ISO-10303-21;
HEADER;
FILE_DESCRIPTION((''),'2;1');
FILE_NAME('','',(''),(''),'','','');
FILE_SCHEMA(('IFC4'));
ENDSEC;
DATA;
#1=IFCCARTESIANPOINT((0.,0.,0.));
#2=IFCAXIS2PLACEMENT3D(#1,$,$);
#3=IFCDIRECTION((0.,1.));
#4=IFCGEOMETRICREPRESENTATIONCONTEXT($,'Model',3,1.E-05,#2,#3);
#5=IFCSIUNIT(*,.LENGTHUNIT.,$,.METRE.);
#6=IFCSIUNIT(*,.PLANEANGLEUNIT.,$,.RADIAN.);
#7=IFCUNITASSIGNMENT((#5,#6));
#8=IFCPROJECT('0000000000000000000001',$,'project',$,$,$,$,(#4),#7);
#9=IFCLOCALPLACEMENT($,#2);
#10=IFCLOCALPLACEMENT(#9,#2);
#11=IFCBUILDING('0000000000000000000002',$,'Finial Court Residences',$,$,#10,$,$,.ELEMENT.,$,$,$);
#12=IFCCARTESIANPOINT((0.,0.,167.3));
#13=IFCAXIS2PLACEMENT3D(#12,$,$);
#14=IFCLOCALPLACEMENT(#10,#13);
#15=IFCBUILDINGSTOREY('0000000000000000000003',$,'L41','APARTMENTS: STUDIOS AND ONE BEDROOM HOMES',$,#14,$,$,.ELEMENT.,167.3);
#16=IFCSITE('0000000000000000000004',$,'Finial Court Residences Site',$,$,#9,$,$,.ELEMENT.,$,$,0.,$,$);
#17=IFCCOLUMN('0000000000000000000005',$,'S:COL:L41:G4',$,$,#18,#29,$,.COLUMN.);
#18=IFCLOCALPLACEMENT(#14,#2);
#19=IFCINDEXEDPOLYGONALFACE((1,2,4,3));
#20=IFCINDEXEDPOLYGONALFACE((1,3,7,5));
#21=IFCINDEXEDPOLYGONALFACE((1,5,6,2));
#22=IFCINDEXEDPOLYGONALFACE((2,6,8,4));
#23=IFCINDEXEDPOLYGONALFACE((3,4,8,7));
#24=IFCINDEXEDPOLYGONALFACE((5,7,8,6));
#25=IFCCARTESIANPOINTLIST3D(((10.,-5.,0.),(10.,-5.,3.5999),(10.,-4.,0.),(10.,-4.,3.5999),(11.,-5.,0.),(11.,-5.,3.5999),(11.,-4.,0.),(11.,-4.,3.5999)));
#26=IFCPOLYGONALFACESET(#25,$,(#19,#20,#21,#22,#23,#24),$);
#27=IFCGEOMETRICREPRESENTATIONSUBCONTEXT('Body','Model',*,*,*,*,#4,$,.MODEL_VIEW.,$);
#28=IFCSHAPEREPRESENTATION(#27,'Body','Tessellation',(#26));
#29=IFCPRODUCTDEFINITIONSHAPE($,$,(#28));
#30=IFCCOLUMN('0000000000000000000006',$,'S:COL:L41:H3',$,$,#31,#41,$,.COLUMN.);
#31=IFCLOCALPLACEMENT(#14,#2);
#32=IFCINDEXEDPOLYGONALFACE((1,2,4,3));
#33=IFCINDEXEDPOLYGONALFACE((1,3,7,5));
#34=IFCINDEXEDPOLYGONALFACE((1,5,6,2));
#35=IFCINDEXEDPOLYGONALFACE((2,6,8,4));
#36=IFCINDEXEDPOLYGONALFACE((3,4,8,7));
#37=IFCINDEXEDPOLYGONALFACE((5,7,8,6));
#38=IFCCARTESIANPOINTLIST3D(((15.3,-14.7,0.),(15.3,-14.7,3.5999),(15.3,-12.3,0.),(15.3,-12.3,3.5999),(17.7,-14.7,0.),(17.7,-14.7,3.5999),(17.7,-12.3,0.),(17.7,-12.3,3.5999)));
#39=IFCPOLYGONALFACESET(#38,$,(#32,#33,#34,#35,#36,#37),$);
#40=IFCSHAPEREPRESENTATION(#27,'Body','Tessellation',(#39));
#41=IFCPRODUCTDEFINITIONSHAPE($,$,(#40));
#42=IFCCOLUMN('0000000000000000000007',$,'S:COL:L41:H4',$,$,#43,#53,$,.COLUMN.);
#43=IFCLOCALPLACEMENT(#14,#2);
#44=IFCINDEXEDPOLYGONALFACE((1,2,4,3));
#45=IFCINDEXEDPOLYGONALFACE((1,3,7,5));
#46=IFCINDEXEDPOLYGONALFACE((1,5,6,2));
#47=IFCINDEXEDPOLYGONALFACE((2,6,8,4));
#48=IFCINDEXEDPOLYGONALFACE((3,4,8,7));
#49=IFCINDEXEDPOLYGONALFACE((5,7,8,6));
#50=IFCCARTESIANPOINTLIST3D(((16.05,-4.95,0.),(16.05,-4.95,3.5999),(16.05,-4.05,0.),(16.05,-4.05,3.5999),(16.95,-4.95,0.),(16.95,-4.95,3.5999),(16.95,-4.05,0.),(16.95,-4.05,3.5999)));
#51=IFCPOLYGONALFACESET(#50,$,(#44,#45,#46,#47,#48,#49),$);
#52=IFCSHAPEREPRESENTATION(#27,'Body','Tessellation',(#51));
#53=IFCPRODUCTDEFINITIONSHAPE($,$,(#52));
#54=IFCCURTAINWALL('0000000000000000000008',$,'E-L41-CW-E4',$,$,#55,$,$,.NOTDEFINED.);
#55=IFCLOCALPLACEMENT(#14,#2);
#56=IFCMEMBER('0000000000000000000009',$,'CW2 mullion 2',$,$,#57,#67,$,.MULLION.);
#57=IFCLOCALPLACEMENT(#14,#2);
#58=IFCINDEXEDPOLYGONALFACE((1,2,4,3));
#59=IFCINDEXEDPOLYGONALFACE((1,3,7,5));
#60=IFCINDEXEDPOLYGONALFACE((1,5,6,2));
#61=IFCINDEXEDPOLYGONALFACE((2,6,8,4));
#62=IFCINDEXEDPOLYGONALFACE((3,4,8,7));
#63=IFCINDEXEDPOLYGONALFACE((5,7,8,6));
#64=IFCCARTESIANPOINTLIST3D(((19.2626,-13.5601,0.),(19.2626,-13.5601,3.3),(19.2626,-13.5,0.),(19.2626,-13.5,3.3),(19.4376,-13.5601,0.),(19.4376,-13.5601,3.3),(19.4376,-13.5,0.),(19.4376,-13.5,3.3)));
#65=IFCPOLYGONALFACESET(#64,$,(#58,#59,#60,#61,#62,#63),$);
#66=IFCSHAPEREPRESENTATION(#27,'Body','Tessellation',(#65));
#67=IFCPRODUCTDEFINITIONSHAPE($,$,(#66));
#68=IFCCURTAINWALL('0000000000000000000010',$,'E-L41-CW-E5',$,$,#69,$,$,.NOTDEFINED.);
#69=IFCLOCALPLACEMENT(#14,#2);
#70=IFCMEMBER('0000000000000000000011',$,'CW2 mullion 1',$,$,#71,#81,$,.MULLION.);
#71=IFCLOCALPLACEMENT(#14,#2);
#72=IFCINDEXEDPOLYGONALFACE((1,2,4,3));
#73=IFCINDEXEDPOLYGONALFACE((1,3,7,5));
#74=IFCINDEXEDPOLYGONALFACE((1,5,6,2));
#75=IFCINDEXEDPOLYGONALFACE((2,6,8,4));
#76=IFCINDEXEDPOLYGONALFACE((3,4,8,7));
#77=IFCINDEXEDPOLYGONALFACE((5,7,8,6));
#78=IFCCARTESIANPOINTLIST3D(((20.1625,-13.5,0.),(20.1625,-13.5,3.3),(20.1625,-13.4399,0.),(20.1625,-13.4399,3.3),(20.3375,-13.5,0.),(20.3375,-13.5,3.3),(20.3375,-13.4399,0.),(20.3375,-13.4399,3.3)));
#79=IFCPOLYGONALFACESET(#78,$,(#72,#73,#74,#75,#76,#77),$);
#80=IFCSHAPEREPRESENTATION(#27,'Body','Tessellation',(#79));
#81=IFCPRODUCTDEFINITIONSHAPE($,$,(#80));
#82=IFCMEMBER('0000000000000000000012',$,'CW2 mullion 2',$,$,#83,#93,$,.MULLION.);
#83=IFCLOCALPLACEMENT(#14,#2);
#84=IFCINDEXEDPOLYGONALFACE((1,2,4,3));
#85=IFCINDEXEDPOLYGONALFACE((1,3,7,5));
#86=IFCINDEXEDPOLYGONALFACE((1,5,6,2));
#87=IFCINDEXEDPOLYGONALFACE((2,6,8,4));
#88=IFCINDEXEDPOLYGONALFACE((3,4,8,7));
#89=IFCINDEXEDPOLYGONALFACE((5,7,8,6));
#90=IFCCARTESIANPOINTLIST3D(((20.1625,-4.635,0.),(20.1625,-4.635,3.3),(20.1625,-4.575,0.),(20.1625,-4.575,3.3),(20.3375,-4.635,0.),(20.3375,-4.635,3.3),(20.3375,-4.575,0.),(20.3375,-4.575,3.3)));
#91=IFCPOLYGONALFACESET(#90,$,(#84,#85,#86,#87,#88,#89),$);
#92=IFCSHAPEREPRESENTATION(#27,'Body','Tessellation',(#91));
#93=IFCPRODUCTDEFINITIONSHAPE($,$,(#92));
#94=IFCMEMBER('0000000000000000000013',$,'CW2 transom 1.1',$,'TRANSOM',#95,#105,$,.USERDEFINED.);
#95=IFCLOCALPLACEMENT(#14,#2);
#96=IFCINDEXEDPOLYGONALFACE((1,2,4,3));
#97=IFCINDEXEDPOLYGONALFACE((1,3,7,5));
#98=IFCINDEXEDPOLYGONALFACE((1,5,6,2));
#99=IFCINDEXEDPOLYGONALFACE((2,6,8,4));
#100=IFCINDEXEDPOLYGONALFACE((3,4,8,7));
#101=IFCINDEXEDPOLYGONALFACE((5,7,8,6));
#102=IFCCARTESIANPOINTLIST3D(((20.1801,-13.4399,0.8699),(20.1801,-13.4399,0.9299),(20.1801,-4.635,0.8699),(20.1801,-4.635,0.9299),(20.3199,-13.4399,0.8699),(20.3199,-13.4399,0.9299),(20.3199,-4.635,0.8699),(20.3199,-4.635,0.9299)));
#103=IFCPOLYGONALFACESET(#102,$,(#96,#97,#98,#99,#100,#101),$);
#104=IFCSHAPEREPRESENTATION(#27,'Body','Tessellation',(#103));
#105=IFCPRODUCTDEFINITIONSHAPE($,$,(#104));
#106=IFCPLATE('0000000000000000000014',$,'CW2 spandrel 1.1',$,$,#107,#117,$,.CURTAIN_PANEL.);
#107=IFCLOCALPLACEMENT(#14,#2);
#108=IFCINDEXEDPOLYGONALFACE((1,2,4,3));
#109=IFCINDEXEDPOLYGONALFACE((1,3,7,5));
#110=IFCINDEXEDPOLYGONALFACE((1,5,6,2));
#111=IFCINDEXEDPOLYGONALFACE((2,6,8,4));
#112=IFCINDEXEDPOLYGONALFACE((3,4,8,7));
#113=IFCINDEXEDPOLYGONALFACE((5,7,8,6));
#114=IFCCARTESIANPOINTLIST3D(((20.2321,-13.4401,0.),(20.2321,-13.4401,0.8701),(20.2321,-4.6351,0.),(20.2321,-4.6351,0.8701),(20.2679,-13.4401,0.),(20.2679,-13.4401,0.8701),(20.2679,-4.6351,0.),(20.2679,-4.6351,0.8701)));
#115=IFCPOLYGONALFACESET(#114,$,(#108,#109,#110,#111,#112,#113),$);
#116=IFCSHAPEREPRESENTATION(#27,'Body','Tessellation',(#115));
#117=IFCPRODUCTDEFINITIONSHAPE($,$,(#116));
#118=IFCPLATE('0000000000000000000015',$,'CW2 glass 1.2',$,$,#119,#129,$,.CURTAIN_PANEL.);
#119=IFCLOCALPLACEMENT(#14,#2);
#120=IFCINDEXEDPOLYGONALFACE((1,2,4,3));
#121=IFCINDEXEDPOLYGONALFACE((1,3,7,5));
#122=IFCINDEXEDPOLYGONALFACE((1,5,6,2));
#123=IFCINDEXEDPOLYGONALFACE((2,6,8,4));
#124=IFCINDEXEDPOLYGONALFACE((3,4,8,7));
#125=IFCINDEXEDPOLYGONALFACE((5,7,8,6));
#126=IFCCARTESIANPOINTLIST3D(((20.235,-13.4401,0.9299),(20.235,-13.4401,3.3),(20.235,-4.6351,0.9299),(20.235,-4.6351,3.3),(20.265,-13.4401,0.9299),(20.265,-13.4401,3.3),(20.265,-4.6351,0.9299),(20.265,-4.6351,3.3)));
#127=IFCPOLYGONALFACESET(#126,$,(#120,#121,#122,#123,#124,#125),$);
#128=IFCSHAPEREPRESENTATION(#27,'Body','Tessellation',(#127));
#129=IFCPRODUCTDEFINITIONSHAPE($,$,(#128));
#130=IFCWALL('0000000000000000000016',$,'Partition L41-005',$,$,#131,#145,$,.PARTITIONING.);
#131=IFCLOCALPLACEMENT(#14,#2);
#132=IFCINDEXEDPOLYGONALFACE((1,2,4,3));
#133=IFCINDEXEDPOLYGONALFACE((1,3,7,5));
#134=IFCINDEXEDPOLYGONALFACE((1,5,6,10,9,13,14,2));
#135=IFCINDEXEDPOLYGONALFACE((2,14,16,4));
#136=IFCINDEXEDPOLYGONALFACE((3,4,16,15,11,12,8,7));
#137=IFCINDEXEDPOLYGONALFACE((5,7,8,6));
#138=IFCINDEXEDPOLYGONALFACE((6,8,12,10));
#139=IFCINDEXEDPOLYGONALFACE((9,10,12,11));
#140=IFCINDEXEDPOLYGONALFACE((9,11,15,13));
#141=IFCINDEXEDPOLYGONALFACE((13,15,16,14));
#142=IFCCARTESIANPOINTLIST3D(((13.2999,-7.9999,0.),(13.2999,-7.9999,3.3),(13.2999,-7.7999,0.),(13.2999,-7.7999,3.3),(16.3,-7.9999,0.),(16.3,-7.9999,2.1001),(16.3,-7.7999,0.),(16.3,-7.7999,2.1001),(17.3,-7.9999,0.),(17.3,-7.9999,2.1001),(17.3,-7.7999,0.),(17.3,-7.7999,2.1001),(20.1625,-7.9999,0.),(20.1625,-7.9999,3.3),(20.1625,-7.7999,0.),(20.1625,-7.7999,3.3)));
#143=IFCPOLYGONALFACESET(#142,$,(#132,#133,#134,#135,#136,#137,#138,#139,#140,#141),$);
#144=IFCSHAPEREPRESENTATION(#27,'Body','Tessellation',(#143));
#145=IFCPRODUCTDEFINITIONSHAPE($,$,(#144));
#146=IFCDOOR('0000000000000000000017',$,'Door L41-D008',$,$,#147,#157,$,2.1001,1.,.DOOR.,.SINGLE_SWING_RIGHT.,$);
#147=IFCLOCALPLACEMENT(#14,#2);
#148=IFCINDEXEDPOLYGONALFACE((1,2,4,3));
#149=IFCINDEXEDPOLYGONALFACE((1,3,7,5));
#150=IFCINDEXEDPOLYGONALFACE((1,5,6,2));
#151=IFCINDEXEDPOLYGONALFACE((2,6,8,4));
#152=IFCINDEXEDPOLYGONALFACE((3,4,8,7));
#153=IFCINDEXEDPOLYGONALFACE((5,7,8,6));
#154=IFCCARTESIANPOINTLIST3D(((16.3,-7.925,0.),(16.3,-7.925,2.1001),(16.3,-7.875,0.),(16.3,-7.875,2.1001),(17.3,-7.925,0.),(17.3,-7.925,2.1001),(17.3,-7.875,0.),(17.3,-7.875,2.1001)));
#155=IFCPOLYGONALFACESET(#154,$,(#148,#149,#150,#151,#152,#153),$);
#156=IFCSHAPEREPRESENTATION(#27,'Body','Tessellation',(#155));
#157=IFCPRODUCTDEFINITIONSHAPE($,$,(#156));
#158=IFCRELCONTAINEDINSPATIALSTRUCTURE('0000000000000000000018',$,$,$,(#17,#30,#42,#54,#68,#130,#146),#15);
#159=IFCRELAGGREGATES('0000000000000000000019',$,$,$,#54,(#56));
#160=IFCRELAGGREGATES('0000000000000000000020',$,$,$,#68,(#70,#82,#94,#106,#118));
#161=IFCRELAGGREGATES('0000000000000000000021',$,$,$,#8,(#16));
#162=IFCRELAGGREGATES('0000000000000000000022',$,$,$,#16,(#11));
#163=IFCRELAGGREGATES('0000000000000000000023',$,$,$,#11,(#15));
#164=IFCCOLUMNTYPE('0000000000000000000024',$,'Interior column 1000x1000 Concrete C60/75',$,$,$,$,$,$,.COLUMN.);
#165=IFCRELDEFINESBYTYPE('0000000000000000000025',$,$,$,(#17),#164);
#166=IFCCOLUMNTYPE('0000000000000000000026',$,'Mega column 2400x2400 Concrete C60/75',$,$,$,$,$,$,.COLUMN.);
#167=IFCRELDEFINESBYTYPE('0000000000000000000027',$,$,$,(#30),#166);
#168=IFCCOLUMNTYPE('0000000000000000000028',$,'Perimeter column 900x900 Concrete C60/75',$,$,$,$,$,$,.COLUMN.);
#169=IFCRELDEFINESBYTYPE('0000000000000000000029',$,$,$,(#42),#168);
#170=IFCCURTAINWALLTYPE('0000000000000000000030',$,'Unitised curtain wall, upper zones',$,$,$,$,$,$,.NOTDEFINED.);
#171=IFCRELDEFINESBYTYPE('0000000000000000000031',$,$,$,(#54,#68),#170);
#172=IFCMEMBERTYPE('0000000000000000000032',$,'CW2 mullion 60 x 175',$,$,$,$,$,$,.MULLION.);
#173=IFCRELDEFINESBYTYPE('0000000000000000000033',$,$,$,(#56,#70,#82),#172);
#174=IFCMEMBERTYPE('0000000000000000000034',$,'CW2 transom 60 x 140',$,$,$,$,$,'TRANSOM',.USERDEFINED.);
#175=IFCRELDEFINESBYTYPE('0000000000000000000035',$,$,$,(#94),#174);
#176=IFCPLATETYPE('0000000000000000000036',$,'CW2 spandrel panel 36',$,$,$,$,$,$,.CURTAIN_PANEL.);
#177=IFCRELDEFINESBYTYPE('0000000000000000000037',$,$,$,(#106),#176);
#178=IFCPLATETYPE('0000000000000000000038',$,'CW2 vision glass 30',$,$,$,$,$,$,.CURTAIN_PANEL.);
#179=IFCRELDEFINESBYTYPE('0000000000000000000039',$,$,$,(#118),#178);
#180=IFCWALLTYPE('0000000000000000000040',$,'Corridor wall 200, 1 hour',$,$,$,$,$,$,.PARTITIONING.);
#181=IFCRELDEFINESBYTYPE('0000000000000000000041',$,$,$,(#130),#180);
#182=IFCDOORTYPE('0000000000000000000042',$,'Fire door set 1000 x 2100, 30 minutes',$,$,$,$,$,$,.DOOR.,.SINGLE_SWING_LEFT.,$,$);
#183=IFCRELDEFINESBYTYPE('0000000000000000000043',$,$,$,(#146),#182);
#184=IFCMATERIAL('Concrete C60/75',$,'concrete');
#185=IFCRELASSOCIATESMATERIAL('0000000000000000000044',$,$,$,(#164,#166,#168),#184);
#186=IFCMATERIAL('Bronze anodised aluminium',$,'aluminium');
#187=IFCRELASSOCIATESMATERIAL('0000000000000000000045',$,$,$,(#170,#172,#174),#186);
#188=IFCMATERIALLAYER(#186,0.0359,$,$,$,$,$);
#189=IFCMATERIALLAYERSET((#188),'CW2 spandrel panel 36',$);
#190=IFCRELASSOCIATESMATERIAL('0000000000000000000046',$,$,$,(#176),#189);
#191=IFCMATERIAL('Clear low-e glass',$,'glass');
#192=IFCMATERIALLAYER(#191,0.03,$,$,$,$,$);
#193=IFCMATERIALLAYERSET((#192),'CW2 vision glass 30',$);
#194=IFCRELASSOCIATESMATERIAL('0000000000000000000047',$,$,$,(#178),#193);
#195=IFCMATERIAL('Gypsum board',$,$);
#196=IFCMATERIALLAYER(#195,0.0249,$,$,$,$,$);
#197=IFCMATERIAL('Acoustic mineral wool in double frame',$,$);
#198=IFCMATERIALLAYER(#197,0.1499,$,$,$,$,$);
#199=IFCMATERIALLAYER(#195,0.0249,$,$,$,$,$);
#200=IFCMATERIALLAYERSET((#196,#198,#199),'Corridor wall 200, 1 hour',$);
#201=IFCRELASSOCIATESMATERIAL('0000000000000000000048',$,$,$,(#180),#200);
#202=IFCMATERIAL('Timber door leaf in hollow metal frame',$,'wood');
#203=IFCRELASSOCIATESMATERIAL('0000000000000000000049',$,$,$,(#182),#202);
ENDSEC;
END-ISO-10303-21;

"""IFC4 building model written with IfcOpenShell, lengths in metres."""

from ifc_helpers import new_model, si_unit, direction, frame, frame_2d, origin, origin_2d, place, context, subcontext, project, spatial, rectangle, extrude, material, layer, layer_set, material_profile, profile_set, type_object, element, fill, aggregate, save


model = new_model("IFC4")

# Units and contexts
model_context = context("Model", 3, precision=1e-05, world=origin(), true_north=direction((0.0, 1.0)))
body_context = subcontext(model_context, "Body", "Model", "MODEL_VIEW")
ifc_project = project(units=[si_unit("LENGTHUNIT", "METRE"), si_unit("PLANEANGLEUNIT", "RADIAN")], contexts=[model_context])

# Site, building, storey
site_placement = place(None, origin())
site = spatial("IfcSite", under=ifc_project, at=site_placement, Name="Finial Court Residences Site", CompositionType="ELEMENT", RefElevation=0.0)
building_placement = place(site_placement, origin())
building = spatial("IfcBuilding", under=site, at=building_placement, Name="Finial Court Residences", CompositionType="ELEMENT")
storey_placement = place(building_placement, frame((0.0, 0.0, 167.3)))
storey = spatial("IfcBuildingStorey", under=building, at=storey_placement, Name="L41", Description="APARTMENTS: STUDIOS AND ONE BEDROOM HOMES", CompositionType="ELEMENT", Elevation=167.3)

# Columns
ifc_material_1 = material(Name="Concrete C60/75", Category="concrete")
ifc_material_profile_1 = material_profile(ifc_material_1, rectangle(XDim=1.0, YDim=1.0, at=origin_2d()), Name="1000x1000")
ifc_profile_set_1 = profile_set([ifc_material_profile_1], Name="Concrete C60/75")
column_type_1 = type_object("IfcColumnType", Name="Interior column 1000x1000 Concrete C60/75", PredefinedType="COLUMN", material=ifc_profile_set_1)
column_1_placement = place(storey_placement, frame((10.5, -4.5, 0.0), z_axis=(0.0, 0.0, 1.0), x_axis=(1.0, 0.0, 0.0)))
element("IfcColumn", 1, at=column_1_placement, inside=storey, type_object=column_type_1, Name="S:COL:L41:G4", PredefinedType="COLUMN", context=body_context, shape_type="SweptSolid", body=[
    extrude(rectangle(XDim=1.0, YDim=1.0, at=origin_2d()), origin(), (0.0, 0.0, 1.0), 3.5999),
])
ifc_material_profile_2 = material_profile(ifc_material_1, rectangle(XDim=2.3999, YDim=2.3999, at=origin_2d()), Name="2400x2400")
ifc_profile_set_2 = profile_set([ifc_material_profile_2], Name="Concrete C60/75")
column_type_2 = type_object("IfcColumnType", Name="Mega column 2400x2400 Concrete C60/75", PredefinedType="COLUMN", material=ifc_profile_set_2)
column_2_placement = place(storey_placement, frame((16.5, -13.5, 0.0), z_axis=(0.0, 0.0, 1.0), x_axis=(1.0, 0.0, 0.0)))
element("IfcColumn", 2, at=column_2_placement, inside=storey, type_object=column_type_2, Name="S:COL:L41:H3", PredefinedType="COLUMN", context=body_context, shape_type="SweptSolid", body=[
    extrude(rectangle(XDim=2.3999, YDim=2.3999, at=origin_2d()), origin(), (0.0, 0.0, 1.0), 3.5999),
])
ifc_material_profile_3 = material_profile(ifc_material_1, rectangle(XDim=0.8999, YDim=0.8999, at=origin_2d()), Name="900x900")
ifc_profile_set_3 = profile_set([ifc_material_profile_3], Name="Concrete C60/75")
column_type_3 = type_object("IfcColumnType", Name="Perimeter column 900x900 Concrete C60/75", PredefinedType="COLUMN", material=ifc_profile_set_3)
column_3_placement = place(storey_placement, frame((16.5, -4.5, 0.0), z_axis=(0.0, 0.0, 1.0), x_axis=(1.0, 0.0, 0.0)))
element("IfcColumn", 3, at=column_3_placement, inside=storey, type_object=column_type_3, Name="S:COL:L41:H4", PredefinedType="COLUMN", context=body_context, shape_type="SweptSolid", body=[
    extrude(rectangle(XDim=0.8999, YDim=0.8999, at=origin_2d()), origin(), (0.0, 0.0, 1.0), 3.5999),
])

# Curtain wall, member
ifc_material_2 = material(Name="Bronze anodised aluminium", Category="aluminium")
curtain_wall_type = type_object("IfcCurtainWallType", Name="Unitised curtain wall, upper zones", PredefinedType="NOTDEFINED", material=ifc_material_2)
curtain_wall_1_placement = place(storey_placement, origin())
curtain_wall_1 = element("IfcCurtainWall", 4, at=curtain_wall_1_placement, inside=storey, type_object=curtain_wall_type, Name="E-L41-CW-E4", PredefinedType="NOTDEFINED")
ifc_material_profile_4 = material_profile(ifc_material_2, rectangle(XDim=0.175, YDim=0.0601, at=origin_2d()), Name="CW2 mullion 60 x 175")
ifc_profile_set_4 = profile_set([ifc_material_profile_4], Name="Bronze anodised aluminium")
member_type_1 = type_object("IfcMemberType", Name="CW2 mullion 60 x 175", PredefinedType="MULLION", material=ifc_profile_set_4)
member_1_placement = place(storey_placement, frame((19.3501, -13.53, 0.0), z_axis=(0.0, 0.0, 1.0), x_axis=(-1.0, 0.0, 0.0)))
member_1 = element("IfcMember", 5, at=member_1_placement, type_object=member_type_1, Name="CW2 mullion 2", PredefinedType="MULLION", context=body_context, shape_type="SweptSolid", body=[
    extrude(rectangle(XDim=0.175, YDim=0.0601, at=origin_2d()), origin(), (0.0, 0.0, 1.0), 3.3),
])
aggregate(curtain_wall_1, [member_1])

# Curtain wall, members, plates
curtain_wall_2_placement = place(storey_placement, origin())
curtain_wall_2 = element("IfcCurtainWall", 6, at=curtain_wall_2_placement, inside=storey, type_object=curtain_wall_type, Name="E-L41-CW-E5", PredefinedType="NOTDEFINED")
member_2_placement = place(storey_placement, frame((20.25, -13.47, 0.0), z_axis=(0.0, 0.0, 1.0), x_axis=(-1.0, 0.0, 0.0)))
member_2 = element("IfcMember", 7, at=member_2_placement, type_object=member_type_1, Name="CW2 mullion 1", PredefinedType="MULLION", context=body_context, shape_type="SweptSolid", body=[
    extrude(rectangle(XDim=0.175, YDim=0.0601, at=origin_2d()), origin(), (0.0, 0.0, 1.0), 3.3),
])
member_3_placement = place(storey_placement, frame((20.25, -4.605, 0.0), z_axis=(0.0, 0.0, 1.0), x_axis=(-1.0, 0.0, 0.0)))
member_3 = element("IfcMember", 8, at=member_3_placement, type_object=member_type_1, Name="CW2 mullion 2", PredefinedType="MULLION", context=body_context, shape_type="SweptSolid", body=[
    extrude(rectangle(XDim=0.175, YDim=0.0601, at=origin_2d()), origin(), (0.0, 0.0, 1.0), 3.3),
])
ifc_material_profile_5 = material_profile(ifc_material_2, rectangle(XDim=0.1399, YDim=0.0601, at=origin_2d()), Name="CW2 transom 60 x 140")
ifc_profile_set_5 = profile_set([ifc_material_profile_5], Name="Bronze anodised aluminium")
member_type_2 = type_object("IfcMemberType", Name="CW2 transom 60 x 140", ElementType="TRANSOM", PredefinedType="USERDEFINED", material=ifc_profile_set_5)
member_4_placement = place(storey_placement, frame((20.25, -13.4399, 0.8999), z_axis=(0.0, 1.0, 0.0), x_axis=(-1.0, 0.0, 0.0)))
member_4 = element("IfcMember", 9, at=member_4_placement, type_object=member_type_2, Name="CW2 transom 1.1", ObjectType="TRANSOM", PredefinedType="USERDEFINED", context=body_context, shape_type="SweptSolid", body=[
    extrude(rectangle(XDim=0.1399, YDim=0.0601, at=origin_2d()), origin(), (0.0, 0.0, 1.0), 8.8049),
])
ifc_layer_1 = layer(ifc_material_2, 0.0359)
ifc_layer_set_1 = layer_set([ifc_layer_1], Name="CW2 spandrel panel 36")
plate_type_1 = type_object("IfcPlateType", Name="CW2 spandrel panel 36", PredefinedType="CURTAIN_PANEL", material=ifc_layer_set_1)
plate_1_placement = place(storey_placement, frame((20.25, -9.0376, 0.0), z_axis=(0.0, 0.0, 1.0), x_axis=(0.0, 1.0, 0.0)))
plate_1 = element("IfcPlate", 10, at=plate_1_placement, type_object=plate_type_1, Name="CW2 spandrel 1.1", PredefinedType="CURTAIN_PANEL", context=body_context, shape_type="SweptSolid", body=[
    extrude(rectangle(XDim=8.8049, YDim=0.0359, at=origin_2d()), origin(), (0.0, 0.0, 1.0), 0.8701),
])
ifc_material_3 = material(Name="Clear low-e glass", Category="glass")
ifc_layer_2 = layer(ifc_material_3, 0.03)
ifc_layer_set_2 = layer_set([ifc_layer_2], Name="CW2 vision glass 30")
plate_type_2 = type_object("IfcPlateType", Name="CW2 vision glass 30", PredefinedType="CURTAIN_PANEL", material=ifc_layer_set_2)
plate_2_placement = place(storey_placement, frame((20.25, -9.0376, 0.9299), z_axis=(0.0, 0.0, 1.0), x_axis=(0.0, 1.0, 0.0)))
plate_2 = element("IfcPlate", 11, at=plate_2_placement, type_object=plate_type_2, Name="CW2 glass 1.2", PredefinedType="CURTAIN_PANEL", context=body_context, shape_type="SweptSolid", body=[
    extrude(rectangle(XDim=8.8049, YDim=0.03, at=origin_2d()), origin(), (0.0, 0.0, 1.0), 2.3701),
])
aggregate(curtain_wall_2, [member_2, member_3, member_4, plate_1, plate_2])

# Wall, opening, door
ifc_material_4 = material(Name="Gypsum board")
ifc_layer_3 = layer(ifc_material_4, 0.0249)
ifc_material_5 = material(Name="Acoustic mineral wool in double frame")
ifc_layer_4 = layer(ifc_material_5, 0.1499)
ifc_layer_5 = layer(ifc_material_4, 0.0249)
ifc_layer_set_3 = layer_set([ifc_layer_3, ifc_layer_4, ifc_layer_5], Name="Corridor wall 200, 1 hour")
wall_type_1 = type_object("IfcWallType", Name="Corridor wall 200, 1 hour", PredefinedType="PARTITIONING", material=ifc_layer_set_3)
wall_1_placement = place(storey_placement, frame((13.3, -7.8999, 0.0), z_axis=(0.0, 0.0, 1.0), x_axis=(1.0, 0.0, 0.0)))
wall_1 = element("IfcWall", 12, at=wall_1_placement, inside=storey, type_object=wall_type_1, Name="Partition L41-005", PredefinedType="PARTITIONING", context=body_context, shape_type="SweptSolid", body=[
    extrude(rectangle(XDim=6.8625, YDim=0.2, at=frame_2d((3.4312, 0.0))), origin(), (0.0, 0.0, 1.0), 3.3),
])
opening_1_placement = place(wall_1_placement, frame((3.0, 0.0, 0.0)))
opening_1 = element("IfcOpeningElement", 13, at=opening_1_placement, cuts=wall_1, PredefinedType="OPENING", context=body_context, shape_type="SweptSolid", body=[
    extrude(rectangle(XDim=1.0, YDim=2.1001, at=frame_2d((0.5, 1.05))), frame((0.0, 0.1099, 0.0), z_axis=(0.0, -1.0, 0.0), x_axis=(1.0, 0.0, 0.0)), (0.0, 0.0, 1.0), 0.22),
])
ifc_material_6 = material(Name="Timber door leaf in hollow metal frame", Category="wood")
door_type_1 = type_object("IfcDoorType", Name="Fire door set 1000 x 2100, 30 minutes", OperationType="SINGLE_SWING_LEFT", PredefinedType="DOOR", material=ifc_material_6)
door_1_placement = place(opening_1_placement, origin())
door_1 = element("IfcDoor", 14, at=door_1_placement, inside=storey, type_object=door_type_1, Name="Door L41-D008", OperationType="SINGLE_SWING_RIGHT", OverallHeight=2.1001, OverallWidth=1.0, PredefinedType="DOOR", context=body_context, shape_type="SweptSolid", body=[
    extrude(rectangle(XDim=1.0, YDim=2.1001, at=frame_2d((0.5, 1.05))), frame((0.0, 0.0249, 0.0), z_axis=(0.0, -1.0, 0.0), x_axis=(1.0, 0.0, 0.0)), (0.0, 0.0, 1.0), 0.05),
])
fill(opening_1, door_1)

save(model, "model.ifc")
